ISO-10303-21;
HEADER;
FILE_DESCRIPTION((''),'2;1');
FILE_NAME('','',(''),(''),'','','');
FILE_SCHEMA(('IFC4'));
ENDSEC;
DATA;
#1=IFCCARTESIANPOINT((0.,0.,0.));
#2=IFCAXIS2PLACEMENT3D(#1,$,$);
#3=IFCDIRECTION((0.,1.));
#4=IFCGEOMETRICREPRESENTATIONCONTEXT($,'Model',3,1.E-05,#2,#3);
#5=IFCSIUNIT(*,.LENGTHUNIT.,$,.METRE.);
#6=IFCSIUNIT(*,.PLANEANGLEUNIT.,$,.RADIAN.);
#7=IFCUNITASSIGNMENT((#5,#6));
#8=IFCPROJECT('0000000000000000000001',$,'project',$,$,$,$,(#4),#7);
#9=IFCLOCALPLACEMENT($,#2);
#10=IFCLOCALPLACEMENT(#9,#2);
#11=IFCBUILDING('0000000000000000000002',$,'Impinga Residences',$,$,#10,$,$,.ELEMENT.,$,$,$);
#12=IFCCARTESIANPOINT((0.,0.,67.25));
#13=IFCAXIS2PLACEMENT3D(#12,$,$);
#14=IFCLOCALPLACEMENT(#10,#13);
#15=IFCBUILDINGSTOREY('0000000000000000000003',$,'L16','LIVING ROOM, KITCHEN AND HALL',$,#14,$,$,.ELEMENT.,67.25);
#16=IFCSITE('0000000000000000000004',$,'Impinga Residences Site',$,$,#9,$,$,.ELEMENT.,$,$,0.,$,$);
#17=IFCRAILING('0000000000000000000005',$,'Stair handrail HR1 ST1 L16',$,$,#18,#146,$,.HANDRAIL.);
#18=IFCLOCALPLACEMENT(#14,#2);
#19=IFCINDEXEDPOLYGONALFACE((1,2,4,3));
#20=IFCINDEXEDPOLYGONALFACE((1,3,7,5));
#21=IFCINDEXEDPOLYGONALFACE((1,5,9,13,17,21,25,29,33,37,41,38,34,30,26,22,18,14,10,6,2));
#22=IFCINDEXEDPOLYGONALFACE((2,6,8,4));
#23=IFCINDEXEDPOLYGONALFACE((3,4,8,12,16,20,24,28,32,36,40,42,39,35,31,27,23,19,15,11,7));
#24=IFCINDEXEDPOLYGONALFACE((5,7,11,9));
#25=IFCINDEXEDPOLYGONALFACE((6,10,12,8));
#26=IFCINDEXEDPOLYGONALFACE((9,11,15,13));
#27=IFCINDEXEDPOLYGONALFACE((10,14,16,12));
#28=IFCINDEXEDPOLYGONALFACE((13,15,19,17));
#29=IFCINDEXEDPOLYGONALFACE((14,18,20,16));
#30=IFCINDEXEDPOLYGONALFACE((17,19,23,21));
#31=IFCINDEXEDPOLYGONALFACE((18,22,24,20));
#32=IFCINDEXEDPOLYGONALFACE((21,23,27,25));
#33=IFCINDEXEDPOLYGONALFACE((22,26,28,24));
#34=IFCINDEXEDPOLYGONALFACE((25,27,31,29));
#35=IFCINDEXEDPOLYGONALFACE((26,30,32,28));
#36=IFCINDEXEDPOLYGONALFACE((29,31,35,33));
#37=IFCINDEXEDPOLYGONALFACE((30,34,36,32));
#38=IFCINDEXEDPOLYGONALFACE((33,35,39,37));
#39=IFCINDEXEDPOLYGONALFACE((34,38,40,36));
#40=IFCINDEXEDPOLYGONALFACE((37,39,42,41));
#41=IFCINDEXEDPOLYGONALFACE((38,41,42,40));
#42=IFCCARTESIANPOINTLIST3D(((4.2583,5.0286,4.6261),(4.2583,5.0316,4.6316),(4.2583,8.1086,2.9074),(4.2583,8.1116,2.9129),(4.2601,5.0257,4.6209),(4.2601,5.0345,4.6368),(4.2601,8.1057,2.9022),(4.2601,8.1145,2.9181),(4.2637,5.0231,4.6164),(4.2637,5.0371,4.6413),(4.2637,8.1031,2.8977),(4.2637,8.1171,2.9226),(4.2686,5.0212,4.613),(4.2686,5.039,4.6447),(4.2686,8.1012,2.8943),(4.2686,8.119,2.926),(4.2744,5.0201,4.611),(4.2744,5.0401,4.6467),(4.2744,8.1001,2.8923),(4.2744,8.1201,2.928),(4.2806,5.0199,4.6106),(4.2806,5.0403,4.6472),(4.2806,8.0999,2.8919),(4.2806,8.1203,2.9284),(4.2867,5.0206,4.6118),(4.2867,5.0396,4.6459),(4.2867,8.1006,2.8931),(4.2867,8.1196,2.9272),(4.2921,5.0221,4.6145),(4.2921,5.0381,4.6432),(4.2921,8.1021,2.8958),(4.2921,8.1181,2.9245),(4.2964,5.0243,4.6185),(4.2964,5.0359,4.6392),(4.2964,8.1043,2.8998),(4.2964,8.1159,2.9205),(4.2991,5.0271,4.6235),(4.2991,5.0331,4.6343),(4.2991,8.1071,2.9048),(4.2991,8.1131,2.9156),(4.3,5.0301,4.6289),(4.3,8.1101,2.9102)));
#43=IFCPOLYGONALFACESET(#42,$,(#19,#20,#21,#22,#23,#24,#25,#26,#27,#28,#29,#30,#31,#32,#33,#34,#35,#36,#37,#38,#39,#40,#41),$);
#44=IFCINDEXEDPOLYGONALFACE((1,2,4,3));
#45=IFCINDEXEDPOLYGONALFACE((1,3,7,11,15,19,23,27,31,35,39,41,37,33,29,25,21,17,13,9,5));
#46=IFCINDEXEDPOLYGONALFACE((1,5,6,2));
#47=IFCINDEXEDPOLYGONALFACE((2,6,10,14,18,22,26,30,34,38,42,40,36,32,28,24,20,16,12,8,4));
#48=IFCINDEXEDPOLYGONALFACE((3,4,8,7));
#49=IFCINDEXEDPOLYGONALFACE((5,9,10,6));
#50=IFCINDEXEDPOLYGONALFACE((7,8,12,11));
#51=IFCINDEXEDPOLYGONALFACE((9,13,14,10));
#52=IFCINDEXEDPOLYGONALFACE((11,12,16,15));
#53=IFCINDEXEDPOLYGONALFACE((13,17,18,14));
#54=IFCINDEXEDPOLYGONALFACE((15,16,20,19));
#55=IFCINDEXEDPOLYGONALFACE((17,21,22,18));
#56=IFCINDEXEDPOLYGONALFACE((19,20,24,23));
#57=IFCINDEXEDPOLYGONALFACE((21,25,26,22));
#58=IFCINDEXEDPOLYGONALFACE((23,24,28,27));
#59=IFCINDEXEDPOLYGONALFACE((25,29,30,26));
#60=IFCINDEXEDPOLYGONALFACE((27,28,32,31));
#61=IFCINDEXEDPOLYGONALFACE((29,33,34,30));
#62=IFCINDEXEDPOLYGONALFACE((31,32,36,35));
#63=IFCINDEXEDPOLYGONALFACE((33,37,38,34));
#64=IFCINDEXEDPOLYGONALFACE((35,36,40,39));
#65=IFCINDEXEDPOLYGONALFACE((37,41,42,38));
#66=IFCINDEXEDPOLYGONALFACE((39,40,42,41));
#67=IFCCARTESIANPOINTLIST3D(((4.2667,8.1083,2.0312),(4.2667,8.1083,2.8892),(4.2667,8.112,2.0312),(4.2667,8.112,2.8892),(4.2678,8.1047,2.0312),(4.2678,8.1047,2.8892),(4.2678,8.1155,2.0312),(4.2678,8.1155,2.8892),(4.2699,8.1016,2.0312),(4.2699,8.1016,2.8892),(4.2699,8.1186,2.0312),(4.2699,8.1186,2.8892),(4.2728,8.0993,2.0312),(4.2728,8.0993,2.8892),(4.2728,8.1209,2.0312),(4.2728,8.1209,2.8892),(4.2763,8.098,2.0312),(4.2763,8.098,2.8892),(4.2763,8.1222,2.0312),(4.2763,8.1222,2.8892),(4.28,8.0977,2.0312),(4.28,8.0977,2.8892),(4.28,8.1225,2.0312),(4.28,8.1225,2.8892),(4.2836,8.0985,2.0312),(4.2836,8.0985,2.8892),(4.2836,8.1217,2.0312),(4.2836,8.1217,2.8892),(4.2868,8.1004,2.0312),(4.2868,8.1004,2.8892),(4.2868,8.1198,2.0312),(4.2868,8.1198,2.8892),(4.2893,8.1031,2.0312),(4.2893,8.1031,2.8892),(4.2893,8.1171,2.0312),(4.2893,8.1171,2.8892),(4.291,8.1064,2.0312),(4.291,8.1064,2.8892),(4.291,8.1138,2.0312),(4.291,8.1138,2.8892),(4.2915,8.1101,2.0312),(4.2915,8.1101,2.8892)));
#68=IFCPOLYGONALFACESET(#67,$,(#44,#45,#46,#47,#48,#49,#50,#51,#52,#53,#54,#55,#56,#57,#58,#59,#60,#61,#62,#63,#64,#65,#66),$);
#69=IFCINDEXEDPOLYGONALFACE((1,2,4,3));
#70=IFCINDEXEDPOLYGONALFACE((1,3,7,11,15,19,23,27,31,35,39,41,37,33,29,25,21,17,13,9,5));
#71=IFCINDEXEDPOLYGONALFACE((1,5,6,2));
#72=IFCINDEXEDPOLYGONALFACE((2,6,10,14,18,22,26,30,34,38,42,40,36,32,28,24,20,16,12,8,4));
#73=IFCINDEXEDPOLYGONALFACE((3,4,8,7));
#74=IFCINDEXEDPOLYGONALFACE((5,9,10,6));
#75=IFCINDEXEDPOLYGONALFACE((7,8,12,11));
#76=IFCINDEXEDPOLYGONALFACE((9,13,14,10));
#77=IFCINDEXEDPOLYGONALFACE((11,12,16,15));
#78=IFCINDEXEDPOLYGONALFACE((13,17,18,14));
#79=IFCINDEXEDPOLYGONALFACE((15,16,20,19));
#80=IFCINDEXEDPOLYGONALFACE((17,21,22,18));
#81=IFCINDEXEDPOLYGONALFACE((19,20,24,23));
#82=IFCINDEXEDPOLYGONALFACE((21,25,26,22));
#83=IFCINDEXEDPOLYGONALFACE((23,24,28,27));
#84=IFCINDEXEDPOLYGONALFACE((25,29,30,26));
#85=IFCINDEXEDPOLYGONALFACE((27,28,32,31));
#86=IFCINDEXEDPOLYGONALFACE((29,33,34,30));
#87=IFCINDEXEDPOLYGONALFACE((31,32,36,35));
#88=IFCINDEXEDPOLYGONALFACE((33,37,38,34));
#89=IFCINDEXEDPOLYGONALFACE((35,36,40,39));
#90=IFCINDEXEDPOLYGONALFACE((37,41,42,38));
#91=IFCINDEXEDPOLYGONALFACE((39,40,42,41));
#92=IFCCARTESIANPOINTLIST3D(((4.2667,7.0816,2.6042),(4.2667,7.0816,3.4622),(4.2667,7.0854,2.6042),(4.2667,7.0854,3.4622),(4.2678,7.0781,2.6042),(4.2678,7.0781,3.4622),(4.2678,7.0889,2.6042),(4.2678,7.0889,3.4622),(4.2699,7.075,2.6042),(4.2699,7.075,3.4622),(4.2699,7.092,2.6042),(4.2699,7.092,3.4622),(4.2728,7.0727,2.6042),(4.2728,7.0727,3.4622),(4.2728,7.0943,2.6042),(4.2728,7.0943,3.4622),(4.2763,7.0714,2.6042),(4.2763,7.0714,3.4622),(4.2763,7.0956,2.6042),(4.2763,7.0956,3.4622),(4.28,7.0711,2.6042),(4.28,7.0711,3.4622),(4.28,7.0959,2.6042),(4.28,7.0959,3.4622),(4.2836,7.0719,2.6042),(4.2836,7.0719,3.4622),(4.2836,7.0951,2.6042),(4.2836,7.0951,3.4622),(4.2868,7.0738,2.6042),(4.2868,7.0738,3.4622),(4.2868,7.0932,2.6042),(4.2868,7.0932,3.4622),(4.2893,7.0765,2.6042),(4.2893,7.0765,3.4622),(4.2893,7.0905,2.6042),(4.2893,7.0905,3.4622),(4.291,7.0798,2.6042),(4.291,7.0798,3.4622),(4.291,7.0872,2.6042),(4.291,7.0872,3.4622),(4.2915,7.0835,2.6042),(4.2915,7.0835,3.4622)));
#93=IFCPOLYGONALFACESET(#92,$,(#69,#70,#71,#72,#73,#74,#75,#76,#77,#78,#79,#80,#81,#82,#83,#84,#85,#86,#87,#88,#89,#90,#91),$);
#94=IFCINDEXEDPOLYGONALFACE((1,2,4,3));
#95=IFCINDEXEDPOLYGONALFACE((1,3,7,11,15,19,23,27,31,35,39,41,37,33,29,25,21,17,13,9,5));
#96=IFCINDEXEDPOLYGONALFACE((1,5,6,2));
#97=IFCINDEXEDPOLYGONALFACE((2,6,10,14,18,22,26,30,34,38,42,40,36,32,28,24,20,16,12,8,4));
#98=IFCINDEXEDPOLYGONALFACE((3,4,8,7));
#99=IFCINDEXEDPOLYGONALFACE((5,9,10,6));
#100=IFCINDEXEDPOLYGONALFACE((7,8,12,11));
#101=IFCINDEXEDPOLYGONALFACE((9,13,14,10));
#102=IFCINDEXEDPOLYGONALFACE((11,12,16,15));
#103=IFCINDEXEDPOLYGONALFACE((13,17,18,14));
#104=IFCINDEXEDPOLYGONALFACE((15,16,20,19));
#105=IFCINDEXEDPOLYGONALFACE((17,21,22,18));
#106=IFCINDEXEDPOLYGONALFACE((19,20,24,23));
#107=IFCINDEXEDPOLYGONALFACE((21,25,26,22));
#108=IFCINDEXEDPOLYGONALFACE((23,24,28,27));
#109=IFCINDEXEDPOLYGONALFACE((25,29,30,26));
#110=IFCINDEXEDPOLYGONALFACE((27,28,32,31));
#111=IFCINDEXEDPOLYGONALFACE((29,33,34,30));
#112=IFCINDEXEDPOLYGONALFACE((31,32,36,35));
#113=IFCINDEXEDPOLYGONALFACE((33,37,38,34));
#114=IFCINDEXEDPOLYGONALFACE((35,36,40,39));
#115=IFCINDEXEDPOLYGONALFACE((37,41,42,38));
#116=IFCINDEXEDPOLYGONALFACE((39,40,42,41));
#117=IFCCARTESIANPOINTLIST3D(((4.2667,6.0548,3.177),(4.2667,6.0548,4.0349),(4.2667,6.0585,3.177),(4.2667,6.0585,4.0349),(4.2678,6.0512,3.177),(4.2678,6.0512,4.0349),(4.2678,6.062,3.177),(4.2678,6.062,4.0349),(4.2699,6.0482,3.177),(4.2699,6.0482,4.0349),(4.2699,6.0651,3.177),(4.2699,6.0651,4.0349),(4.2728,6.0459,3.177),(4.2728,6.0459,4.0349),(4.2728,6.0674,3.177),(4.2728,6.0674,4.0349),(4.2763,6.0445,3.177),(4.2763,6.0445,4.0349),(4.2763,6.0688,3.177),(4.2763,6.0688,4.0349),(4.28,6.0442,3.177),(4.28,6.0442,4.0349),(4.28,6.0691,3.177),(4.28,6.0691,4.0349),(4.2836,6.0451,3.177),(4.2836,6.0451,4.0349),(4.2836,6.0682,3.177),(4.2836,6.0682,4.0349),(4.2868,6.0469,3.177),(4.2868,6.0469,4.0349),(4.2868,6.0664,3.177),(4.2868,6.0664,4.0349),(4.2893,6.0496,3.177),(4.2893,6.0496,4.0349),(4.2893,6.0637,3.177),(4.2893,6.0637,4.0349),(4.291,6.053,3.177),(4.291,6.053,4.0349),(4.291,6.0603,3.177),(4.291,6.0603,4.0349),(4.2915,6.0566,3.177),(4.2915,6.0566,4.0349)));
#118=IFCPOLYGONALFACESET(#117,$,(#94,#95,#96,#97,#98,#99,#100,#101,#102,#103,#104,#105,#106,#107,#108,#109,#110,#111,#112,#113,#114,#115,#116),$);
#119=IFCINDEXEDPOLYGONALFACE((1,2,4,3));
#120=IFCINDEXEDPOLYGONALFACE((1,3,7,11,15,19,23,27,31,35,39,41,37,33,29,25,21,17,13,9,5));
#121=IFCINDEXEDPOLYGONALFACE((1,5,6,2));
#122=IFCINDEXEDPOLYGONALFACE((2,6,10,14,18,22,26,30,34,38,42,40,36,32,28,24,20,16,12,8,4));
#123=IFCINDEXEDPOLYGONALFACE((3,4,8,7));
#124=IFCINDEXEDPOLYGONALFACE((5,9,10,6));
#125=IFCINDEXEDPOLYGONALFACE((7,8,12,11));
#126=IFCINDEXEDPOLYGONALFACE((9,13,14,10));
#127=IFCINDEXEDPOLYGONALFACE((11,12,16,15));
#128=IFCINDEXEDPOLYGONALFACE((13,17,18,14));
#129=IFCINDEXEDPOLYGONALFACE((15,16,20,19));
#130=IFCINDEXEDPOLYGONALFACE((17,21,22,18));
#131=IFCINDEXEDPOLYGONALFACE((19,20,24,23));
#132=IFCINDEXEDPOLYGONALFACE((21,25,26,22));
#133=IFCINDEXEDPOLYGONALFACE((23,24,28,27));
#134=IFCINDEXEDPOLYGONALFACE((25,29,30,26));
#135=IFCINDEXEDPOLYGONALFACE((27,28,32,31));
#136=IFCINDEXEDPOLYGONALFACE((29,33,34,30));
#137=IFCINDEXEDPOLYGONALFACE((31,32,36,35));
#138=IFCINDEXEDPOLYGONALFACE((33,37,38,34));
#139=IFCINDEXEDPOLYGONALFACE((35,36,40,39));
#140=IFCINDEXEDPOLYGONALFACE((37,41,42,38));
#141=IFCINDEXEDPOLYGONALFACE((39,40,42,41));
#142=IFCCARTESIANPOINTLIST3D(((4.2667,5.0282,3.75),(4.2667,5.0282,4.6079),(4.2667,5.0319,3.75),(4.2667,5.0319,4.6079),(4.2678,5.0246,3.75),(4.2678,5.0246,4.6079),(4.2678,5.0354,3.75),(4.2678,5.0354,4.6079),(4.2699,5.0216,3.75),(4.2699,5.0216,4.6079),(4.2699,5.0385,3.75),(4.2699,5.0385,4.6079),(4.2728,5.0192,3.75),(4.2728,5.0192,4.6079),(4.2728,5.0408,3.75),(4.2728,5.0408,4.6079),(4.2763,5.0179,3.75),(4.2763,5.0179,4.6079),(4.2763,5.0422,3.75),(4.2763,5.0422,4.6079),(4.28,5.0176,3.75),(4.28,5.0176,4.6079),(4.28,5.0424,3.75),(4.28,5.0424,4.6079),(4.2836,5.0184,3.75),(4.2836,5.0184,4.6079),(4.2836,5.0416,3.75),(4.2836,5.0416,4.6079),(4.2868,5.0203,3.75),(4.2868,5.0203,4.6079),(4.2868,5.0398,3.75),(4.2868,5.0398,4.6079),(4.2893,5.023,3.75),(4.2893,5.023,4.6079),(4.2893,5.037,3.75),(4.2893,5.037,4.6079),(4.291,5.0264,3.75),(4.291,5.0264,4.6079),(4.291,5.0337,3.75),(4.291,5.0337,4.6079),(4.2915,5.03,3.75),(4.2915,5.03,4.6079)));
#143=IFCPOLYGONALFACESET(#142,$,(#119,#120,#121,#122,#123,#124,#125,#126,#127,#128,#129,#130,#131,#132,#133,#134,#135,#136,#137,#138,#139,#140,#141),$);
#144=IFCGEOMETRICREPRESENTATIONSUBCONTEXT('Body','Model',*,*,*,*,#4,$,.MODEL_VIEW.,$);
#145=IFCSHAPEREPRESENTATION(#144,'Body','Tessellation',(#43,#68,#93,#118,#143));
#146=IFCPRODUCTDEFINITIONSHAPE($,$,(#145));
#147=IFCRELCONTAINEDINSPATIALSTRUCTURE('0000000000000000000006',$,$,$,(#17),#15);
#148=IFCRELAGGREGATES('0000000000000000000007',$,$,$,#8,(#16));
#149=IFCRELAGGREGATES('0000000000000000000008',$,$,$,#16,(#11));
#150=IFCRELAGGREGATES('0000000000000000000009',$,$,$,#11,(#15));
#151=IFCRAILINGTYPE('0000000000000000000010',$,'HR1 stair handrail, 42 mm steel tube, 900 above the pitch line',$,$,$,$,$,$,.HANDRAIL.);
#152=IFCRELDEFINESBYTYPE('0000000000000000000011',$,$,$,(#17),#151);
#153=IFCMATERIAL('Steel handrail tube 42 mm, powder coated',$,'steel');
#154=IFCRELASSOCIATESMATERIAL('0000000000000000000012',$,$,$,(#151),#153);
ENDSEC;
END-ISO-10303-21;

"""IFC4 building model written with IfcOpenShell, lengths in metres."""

from ifc_helpers import new_model, si_unit, direction, frame, origin, origin_2d, place, context, subcontext, project, spatial, circle, extrude, material, type_object, element, save


model = new_model("IFC4")

# Units and contexts
model_context = context("Model", 3, precision=1e-05, world=origin(), true_north=direction((0.0, 1.0)))
body_context = subcontext(model_context, "Body", "Model", "MODEL_VIEW")
ifc_project = project(units=[si_unit("LENGTHUNIT", "METRE"), si_unit("PLANEANGLEUNIT", "RADIAN")], contexts=[model_context])

# Site, building, storey
site_placement = place(None, origin())
site = spatial("IfcSite", under=ifc_project, at=site_placement, Name="Impinga Residences Site", CompositionType="ELEMENT", RefElevation=0.0)
building_placement = place(site_placement, origin())
building = spatial("IfcBuilding", under=site, at=building_placement, Name="Impinga Residences", CompositionType="ELEMENT")
storey_placement = place(building_placement, frame((0.0, 0.0, 67.25)))
storey = spatial("IfcBuildingStorey", under=building, at=storey_placement, Name="L16", Description="LIVING ROOM, KITCHEN AND HALL", CompositionType="ELEMENT", Elevation=67.25)

# Railing
ifc_material_1 = material(Name="Steel handrail tube 42 mm, powder coated", Category="steel")
railing_type_1 = type_object("IfcRailingType", Name="HR1 stair handrail, 42 mm steel tube, 900 above the pitch line", PredefinedType="HANDRAIL", material=ifc_material_1)
railing_1_placement = place(storey_placement, frame((4.2791, 8.1101, 2.0312)))
element("IfcRailing", 1, at=railing_1_placement, inside=storey, type_object=railing_type_1, Name="Stair handrail HR1 ST1 L16", PredefinedType="HANDRAIL", context=body_context, shape_type="SweptSolid", body=[
    extrude(circle(Radius=0.021, at=origin_2d()), frame((0.0, 0.0, 0.8789), z_axis=(0.0, -0.873242, 0.487288), x_axis=(1.0, 0.0, 0.0)), (0.0, 0.0, 1.0), 3.5271),
    extrude(circle(Radius=0.0125, at=origin_2d()), origin(), (0.0, 0.0, 1.0), 0.8579),
    extrude(circle(Radius=0.0125, at=origin_2d()), frame((0.0, -1.0266, 0.573)), (0.0, 0.0, 1.0), 0.8579),
    extrude(circle(Radius=0.0125, at=origin_2d()), frame((0.0, -2.0535, 1.1458)), (0.0, 0.0, 1.0), 0.8579),
    extrude(circle(Radius=0.0125, at=origin_2d()), frame((0.0, -3.0801, 1.7188)), (0.0, 0.0, 1.0), 0.8579),
])

save(model, "model.ifc")
